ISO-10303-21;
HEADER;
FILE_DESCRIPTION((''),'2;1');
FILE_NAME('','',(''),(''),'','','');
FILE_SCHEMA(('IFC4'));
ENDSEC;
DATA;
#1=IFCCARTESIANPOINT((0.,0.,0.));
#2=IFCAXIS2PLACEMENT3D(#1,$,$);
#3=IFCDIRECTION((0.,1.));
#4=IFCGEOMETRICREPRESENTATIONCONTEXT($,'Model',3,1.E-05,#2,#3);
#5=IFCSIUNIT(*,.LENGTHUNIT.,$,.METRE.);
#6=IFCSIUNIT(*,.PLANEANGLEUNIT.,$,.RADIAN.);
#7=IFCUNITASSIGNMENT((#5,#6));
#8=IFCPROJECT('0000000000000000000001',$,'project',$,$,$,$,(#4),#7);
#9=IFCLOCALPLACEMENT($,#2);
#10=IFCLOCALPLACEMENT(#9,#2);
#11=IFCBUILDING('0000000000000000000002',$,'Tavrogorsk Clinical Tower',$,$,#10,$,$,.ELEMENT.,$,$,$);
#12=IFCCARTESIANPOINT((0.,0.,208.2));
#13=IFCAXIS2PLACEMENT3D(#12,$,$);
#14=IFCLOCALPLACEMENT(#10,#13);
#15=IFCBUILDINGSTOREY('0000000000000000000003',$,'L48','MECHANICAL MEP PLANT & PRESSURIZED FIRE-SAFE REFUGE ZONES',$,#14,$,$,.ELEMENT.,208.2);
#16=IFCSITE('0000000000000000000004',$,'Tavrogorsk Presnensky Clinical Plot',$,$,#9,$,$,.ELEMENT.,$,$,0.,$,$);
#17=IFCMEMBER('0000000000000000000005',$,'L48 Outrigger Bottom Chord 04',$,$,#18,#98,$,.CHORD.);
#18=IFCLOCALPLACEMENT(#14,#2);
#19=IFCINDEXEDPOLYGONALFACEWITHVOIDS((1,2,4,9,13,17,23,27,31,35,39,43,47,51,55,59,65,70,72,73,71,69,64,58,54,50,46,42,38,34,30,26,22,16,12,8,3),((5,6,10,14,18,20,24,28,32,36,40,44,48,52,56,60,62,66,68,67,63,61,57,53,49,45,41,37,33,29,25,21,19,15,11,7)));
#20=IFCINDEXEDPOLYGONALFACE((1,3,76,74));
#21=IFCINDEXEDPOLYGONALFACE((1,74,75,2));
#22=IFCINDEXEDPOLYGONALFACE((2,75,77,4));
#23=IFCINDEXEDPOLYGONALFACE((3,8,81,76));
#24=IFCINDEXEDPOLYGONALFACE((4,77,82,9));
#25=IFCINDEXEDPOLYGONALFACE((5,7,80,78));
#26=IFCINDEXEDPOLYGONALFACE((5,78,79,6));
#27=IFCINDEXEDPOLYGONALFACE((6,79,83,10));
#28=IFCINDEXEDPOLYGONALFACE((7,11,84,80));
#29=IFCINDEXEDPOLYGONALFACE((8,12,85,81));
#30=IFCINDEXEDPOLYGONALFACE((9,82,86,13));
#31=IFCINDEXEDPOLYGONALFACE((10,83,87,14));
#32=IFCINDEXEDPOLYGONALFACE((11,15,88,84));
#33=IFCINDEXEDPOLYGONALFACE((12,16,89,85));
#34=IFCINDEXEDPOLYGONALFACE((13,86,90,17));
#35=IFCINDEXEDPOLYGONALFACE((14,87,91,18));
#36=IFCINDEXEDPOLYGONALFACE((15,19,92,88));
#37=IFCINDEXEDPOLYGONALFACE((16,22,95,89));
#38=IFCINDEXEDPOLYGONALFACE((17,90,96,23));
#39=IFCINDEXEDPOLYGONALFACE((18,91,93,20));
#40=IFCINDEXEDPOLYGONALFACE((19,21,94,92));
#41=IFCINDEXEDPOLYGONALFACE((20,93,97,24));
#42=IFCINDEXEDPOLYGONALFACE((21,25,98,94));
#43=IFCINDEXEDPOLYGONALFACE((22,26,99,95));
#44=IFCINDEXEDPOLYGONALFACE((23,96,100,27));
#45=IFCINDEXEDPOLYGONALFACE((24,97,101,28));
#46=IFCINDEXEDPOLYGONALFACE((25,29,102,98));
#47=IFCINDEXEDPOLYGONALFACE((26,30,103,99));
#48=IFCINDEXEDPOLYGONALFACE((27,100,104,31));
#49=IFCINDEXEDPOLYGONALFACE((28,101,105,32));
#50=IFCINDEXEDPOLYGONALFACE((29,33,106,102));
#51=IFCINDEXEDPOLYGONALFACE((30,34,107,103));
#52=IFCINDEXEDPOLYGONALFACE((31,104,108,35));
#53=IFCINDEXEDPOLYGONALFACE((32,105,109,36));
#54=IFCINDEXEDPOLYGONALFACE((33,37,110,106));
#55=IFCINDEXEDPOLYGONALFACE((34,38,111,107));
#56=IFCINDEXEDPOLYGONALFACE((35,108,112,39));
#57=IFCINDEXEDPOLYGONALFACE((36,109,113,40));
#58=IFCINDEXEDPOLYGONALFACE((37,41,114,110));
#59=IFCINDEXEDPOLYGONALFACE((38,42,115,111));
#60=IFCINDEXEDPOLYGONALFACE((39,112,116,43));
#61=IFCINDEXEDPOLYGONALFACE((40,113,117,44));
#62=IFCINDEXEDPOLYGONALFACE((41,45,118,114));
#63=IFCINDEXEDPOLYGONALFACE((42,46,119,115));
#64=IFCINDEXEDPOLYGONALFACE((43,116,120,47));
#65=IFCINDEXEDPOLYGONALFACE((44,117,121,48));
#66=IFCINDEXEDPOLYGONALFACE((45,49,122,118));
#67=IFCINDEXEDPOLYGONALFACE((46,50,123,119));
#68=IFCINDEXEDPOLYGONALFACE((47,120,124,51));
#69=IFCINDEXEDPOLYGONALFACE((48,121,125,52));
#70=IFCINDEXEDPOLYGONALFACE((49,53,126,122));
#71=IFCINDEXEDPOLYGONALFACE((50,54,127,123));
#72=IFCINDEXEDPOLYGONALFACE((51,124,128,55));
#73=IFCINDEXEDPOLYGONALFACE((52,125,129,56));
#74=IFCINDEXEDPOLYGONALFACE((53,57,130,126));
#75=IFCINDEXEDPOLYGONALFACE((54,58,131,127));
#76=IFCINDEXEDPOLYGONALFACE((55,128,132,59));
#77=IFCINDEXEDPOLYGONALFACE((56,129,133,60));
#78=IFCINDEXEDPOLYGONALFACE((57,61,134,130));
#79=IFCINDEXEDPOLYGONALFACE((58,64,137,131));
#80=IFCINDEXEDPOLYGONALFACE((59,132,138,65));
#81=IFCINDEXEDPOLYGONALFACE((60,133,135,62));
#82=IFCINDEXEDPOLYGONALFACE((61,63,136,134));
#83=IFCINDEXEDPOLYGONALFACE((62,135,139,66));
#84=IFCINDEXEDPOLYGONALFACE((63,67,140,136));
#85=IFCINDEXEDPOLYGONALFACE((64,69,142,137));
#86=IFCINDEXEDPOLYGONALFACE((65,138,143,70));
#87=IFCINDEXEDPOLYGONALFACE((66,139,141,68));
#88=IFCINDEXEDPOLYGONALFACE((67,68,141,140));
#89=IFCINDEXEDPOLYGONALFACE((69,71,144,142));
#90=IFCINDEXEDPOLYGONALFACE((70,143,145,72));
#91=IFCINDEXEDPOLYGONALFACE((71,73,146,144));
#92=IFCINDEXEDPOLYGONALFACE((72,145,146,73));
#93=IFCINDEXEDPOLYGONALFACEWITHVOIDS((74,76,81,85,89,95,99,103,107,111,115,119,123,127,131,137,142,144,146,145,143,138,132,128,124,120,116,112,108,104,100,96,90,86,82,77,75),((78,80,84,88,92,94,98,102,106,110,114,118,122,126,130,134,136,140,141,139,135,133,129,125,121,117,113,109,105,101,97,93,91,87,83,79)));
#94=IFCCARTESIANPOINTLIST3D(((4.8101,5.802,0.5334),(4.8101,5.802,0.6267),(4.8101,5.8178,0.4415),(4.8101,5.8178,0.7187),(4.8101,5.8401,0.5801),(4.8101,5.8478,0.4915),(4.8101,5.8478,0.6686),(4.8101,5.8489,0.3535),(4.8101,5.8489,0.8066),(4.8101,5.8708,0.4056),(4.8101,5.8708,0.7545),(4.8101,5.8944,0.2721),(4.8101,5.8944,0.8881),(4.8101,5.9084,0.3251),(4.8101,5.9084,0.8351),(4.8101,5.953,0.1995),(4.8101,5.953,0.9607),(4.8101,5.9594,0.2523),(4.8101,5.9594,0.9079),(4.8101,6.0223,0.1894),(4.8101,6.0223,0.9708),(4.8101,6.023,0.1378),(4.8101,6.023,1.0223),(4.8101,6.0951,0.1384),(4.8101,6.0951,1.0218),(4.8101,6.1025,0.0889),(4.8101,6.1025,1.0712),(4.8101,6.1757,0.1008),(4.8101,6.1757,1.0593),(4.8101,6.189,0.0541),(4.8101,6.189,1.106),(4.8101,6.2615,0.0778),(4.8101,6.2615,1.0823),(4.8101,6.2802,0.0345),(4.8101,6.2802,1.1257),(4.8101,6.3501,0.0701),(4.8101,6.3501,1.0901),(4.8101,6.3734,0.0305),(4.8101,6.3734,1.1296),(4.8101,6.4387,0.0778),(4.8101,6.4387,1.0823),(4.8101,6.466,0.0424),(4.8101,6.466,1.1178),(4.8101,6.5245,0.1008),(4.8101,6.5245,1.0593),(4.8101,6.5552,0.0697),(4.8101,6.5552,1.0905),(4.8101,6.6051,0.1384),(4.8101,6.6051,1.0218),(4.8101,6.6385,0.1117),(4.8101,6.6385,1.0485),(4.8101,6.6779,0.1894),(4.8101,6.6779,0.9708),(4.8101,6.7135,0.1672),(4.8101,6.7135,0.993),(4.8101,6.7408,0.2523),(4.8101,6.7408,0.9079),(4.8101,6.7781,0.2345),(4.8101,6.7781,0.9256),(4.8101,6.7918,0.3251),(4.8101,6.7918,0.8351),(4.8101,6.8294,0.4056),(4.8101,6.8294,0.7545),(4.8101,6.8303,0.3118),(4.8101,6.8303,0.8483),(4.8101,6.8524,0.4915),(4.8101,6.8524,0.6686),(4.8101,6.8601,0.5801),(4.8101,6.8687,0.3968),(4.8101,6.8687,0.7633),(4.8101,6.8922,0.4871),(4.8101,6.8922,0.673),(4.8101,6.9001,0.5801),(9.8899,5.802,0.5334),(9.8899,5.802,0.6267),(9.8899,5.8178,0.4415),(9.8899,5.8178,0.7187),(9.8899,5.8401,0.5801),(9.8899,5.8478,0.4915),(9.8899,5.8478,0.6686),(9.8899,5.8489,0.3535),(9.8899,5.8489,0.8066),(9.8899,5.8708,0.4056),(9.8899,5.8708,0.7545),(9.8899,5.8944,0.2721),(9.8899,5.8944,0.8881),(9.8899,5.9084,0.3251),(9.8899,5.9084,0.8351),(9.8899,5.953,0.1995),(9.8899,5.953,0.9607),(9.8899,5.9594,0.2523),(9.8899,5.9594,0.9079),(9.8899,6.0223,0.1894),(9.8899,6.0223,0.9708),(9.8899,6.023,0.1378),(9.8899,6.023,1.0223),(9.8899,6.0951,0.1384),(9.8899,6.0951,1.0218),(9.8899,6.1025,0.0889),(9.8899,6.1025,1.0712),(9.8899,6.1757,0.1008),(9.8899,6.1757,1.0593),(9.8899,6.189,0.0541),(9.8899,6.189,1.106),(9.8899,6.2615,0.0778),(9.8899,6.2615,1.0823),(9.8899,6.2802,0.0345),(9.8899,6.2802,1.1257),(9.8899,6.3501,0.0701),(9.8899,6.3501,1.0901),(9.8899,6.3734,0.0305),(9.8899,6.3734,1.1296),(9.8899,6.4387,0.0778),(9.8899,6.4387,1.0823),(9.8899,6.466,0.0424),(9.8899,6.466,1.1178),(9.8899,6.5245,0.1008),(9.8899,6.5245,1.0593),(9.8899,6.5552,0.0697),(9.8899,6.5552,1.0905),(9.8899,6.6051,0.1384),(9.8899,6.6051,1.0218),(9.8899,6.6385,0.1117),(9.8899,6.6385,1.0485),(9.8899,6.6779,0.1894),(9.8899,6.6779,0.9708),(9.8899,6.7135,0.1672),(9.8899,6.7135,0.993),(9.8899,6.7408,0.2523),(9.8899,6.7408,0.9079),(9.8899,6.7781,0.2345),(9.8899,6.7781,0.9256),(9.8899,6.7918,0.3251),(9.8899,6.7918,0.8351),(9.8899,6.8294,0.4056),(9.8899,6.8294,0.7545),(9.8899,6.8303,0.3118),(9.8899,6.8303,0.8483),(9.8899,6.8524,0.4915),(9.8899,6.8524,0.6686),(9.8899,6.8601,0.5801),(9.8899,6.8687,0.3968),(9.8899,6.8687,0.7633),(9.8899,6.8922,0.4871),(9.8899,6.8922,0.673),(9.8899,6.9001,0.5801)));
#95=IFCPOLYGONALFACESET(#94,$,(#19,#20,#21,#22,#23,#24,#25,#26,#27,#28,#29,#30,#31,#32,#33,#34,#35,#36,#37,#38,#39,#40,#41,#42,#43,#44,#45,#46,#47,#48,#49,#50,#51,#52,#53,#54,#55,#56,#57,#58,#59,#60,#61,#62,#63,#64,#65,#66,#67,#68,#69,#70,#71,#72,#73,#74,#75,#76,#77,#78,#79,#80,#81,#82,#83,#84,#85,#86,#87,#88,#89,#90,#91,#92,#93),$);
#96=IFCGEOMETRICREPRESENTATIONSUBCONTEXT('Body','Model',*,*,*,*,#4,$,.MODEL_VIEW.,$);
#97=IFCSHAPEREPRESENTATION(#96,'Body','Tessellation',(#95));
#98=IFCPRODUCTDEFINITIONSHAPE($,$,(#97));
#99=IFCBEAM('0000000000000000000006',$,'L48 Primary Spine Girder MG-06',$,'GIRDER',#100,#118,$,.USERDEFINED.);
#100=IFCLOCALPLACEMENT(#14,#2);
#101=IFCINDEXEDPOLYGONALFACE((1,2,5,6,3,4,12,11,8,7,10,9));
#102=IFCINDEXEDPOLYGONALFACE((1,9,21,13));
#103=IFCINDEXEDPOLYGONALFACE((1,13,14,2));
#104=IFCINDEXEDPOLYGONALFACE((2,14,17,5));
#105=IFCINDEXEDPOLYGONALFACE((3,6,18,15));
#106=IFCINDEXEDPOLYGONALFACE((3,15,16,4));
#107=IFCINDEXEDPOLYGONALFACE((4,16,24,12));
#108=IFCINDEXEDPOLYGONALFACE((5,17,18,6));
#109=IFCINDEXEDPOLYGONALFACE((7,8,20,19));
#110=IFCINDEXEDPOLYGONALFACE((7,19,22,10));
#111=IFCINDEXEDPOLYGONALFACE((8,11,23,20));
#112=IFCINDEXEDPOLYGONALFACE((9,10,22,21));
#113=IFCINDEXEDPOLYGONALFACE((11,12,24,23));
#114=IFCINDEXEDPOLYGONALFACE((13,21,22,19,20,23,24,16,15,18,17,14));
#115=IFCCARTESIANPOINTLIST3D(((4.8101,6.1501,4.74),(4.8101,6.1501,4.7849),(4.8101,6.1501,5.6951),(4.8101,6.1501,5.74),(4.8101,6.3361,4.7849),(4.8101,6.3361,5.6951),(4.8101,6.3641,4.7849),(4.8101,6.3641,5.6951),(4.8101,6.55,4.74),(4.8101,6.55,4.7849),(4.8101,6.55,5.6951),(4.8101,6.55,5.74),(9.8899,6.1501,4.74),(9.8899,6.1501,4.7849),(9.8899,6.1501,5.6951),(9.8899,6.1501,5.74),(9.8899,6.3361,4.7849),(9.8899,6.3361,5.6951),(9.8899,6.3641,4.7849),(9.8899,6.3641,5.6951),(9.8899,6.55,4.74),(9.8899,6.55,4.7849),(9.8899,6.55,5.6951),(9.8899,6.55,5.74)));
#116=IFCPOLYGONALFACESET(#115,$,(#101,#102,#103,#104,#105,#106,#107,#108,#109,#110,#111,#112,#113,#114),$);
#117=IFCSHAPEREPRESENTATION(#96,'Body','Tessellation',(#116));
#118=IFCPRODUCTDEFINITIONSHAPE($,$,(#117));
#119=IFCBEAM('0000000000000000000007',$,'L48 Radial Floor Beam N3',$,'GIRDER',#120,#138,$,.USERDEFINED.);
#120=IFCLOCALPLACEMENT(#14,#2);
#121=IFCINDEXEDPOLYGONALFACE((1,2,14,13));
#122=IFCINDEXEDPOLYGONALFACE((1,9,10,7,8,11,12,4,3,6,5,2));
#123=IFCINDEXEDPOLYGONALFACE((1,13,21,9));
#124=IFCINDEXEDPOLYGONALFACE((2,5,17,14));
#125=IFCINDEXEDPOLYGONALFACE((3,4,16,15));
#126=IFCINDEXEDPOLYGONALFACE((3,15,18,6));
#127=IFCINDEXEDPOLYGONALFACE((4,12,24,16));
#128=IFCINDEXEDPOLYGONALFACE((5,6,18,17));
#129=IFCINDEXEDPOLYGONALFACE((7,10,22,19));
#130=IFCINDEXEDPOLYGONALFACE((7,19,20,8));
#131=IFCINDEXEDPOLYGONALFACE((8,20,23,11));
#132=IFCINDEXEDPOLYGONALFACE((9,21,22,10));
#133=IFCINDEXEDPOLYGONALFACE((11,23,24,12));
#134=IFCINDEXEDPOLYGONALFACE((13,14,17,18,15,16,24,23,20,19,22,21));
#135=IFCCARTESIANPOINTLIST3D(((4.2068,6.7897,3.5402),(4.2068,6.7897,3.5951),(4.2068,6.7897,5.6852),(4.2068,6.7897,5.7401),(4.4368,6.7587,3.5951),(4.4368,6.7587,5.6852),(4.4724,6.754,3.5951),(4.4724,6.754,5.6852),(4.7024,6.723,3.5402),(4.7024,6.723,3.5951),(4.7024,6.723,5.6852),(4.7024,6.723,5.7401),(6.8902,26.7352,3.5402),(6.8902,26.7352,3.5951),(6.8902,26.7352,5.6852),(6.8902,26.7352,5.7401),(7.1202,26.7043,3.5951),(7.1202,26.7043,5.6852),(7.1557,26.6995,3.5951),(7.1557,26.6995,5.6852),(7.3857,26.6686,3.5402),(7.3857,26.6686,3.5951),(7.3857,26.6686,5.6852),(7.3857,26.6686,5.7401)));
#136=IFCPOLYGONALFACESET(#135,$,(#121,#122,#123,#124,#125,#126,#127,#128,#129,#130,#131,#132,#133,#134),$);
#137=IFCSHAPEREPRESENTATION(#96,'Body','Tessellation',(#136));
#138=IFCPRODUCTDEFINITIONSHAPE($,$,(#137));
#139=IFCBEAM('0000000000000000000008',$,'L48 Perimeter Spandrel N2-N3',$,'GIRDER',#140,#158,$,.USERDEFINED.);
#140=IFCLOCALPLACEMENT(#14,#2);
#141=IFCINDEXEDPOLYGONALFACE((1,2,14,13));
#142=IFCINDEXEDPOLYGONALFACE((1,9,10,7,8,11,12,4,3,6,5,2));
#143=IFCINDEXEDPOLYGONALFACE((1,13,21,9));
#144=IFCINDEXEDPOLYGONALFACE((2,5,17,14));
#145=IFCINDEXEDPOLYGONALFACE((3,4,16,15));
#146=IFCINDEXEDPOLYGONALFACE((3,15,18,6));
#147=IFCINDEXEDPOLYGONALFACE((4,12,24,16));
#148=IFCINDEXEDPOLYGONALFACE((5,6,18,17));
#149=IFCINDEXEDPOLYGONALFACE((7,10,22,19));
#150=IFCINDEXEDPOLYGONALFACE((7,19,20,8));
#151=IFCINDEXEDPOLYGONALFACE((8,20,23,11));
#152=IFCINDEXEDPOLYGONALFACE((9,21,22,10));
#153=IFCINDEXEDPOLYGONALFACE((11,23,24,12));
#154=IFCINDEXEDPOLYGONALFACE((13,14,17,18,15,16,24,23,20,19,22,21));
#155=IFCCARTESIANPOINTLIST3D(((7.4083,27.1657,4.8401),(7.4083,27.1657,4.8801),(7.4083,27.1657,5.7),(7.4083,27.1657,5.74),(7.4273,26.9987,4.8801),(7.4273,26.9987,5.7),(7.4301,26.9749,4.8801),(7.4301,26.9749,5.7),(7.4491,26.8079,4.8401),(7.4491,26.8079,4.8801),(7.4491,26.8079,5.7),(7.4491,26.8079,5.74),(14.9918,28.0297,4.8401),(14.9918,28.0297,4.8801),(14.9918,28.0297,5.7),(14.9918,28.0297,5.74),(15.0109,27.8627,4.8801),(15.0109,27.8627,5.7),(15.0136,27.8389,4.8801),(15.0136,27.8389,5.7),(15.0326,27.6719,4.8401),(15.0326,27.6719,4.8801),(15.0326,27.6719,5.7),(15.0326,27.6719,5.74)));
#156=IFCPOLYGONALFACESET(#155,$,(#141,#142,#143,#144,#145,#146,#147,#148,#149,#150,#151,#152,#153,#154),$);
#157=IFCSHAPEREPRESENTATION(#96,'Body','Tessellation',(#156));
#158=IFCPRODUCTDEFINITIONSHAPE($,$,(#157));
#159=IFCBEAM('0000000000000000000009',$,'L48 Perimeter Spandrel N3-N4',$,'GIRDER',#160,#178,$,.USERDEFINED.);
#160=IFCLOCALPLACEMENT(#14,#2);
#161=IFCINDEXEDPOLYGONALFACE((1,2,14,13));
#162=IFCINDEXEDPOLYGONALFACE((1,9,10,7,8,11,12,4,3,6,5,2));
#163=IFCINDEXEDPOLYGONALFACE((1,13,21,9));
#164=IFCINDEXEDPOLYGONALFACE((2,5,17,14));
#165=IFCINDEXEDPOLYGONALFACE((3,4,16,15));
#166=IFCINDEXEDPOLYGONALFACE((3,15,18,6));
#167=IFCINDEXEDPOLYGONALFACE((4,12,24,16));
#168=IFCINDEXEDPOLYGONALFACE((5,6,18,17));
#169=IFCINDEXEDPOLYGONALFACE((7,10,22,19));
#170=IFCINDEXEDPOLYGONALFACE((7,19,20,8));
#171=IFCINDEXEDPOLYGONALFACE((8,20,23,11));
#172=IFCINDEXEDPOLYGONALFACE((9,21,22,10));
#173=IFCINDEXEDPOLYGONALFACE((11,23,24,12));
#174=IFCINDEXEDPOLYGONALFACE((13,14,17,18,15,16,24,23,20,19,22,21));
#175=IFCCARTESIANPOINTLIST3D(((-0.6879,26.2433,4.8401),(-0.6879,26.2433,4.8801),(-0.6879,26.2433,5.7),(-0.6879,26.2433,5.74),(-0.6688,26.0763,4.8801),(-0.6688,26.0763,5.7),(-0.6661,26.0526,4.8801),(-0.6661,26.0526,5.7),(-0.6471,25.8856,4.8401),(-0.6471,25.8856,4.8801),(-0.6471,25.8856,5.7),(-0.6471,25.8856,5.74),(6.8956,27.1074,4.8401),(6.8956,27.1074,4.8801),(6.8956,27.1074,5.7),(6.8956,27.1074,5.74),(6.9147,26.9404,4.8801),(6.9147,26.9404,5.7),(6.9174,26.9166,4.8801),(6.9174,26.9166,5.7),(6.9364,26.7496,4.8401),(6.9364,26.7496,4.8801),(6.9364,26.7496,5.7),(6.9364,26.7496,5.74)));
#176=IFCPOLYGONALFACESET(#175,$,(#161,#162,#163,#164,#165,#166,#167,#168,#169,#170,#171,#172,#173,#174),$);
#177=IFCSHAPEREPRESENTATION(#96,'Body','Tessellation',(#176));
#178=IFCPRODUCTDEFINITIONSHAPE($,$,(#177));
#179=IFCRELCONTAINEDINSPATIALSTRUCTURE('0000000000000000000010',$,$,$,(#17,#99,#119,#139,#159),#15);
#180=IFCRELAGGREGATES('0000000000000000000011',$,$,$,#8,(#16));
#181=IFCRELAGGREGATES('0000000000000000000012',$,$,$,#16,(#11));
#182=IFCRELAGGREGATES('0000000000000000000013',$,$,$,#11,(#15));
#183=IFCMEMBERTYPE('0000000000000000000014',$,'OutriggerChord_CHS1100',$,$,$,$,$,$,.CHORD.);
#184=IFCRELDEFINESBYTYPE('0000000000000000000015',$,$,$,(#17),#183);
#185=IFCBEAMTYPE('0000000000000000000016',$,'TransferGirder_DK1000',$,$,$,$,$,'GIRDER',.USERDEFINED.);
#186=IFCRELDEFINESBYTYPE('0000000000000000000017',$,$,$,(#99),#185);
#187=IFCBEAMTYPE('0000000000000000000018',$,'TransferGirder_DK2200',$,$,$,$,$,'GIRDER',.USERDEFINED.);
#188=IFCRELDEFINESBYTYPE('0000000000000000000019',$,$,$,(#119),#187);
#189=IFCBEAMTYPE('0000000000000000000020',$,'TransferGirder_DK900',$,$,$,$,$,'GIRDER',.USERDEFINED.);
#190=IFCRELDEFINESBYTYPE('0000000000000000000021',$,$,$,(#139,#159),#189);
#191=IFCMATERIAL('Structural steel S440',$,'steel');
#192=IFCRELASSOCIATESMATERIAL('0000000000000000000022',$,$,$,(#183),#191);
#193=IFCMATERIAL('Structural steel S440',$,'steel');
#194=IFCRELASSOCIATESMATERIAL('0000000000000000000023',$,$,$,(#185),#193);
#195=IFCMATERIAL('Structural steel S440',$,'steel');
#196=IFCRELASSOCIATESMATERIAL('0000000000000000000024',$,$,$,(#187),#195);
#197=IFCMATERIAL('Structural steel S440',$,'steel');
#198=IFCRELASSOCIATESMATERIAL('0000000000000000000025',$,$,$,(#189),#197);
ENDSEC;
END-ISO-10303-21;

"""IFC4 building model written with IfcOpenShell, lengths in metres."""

from ifc_helpers import new_model, si_unit, direction, frame, origin, origin_2d, place, context, subcontext, project, spatial, hollow_circle, i_section, extrude, material, material_profile, profile_set, type_object, element, save


model = new_model("IFC4")

# Units and contexts
model_context = context("Model", 3, precision=1e-05, world=origin(), true_north=direction((0.0, 1.0)))
body_context = subcontext(model_context, "Body", "Model", "MODEL_VIEW")
ifc_project = project(units=[si_unit("LENGTHUNIT", "METRE"), si_unit("PLANEANGLEUNIT", "RADIAN")], contexts=[model_context])

# Site, building, storey
site_placement = place(None, origin())
site = spatial("IfcSite", under=ifc_project, at=site_placement, Name="Tavrogorsk Presnensky Clinical Plot", CompositionType="ELEMENT", RefElevation=0.0)
building_placement = place(site_placement, origin())
building = spatial("IfcBuilding", under=site, at=building_placement, Name="Tavrogorsk Clinical Tower", CompositionType="ELEMENT")
storey_placement = place(building_placement, frame((0.0, 0.0, 208.2)))
storey = spatial("IfcBuildingStorey", under=building, at=storey_placement, Name="L48", Description="MECHANICAL MEP PLANT & PRESSURIZED FIRE-SAFE REFUGE ZONES", CompositionType="ELEMENT", Elevation=208.2)

# Member
ifc_material_1 = material(Name="Structural steel S440", Category="steel")
ifc_material_profile_1 = material_profile(ifc_material_1, hollow_circle(Radius=0.55, WallThickness=0.04, at=origin_2d()), Name="CHS-1100x40")
ifc_profile_set_1 = profile_set([ifc_material_profile_1], Name="Structural steel S440")
member_type_1 = type_object("IfcMemberType", Name="OutriggerChord_CHS1100", PredefinedType="CHORD", material=ifc_profile_set_1)
member_placement = place(storey_placement, frame((4.8101, 6.3501, 0.5801), z_axis=(1.0, 0.0, 0.0), x_axis=(0.0, 1.0, 0.0)))
element("IfcMember", 1, at=member_placement, inside=storey, type_object=member_type_1, Name="L48 Outrigger Bottom Chord 04", PredefinedType="CHORD", context=body_context, shape_type="SweptSolid", body=[
    extrude(hollow_circle(Radius=0.55, WallThickness=0.04, at=origin_2d()), origin(), (0.0, 0.0, 1.0), 5.0798),
])

# Beams
ifc_material_2 = material(Name="Structural steel S440", Category="steel")
ifc_material_profile_2 = material_profile(ifc_material_2, i_section(OverallWidth=0.3999, OverallDepth=1.0, WebThickness=0.0281, FlangeThickness=0.0449, at=origin_2d()), Name="DK-1000x400x28x45")
ifc_profile_set_2 = profile_set([ifc_material_profile_2], Name="Structural steel S440")
beam_type_1 = type_object("IfcBeamType", Name="TransferGirder_DK1000", ElementType="GIRDER", PredefinedType="USERDEFINED", material=ifc_profile_set_2)
beam_1_placement = place(storey_placement, frame((4.8101, 6.3501, 5.24), z_axis=(1.0, 0.0, 0.0), x_axis=(0.0, 1.0, 0.0)))
element("IfcBeam", 2, at=beam_1_placement, inside=storey, type_object=beam_type_1, Name="L48 Primary Spine Girder MG-06", ObjectType="GIRDER", PredefinedType="USERDEFINED", context=body_context, shape_type="SweptSolid", body=[
    extrude(i_section(OverallWidth=0.3999, OverallDepth=1.0, WebThickness=0.0281, FlangeThickness=0.0449, at=origin_2d()), origin(), (0.0, 0.0, 1.0), 5.0798),
])
ifc_material_3 = material(Name="Structural steel S440", Category="steel")
ifc_material_profile_3 = material_profile(ifc_material_3, i_section(OverallWidth=0.5, OverallDepth=2.2, WebThickness=0.0359, FlangeThickness=0.0549, at=origin_2d()), Name="DK-2200x500x36x55")
ifc_profile_set_3 = profile_set([ifc_material_profile_3], Name="Structural steel S440")
beam_type_2 = type_object("IfcBeamType", Name="TransferGirder_DK2200", ElementType="GIRDER", PredefinedType="USERDEFINED", material=ifc_profile_set_3)
beam_2_placement = place(storey_placement, frame((4.4546, 6.7563, 4.6401), z_axis=(0.133333, 0.991071, 0.0), x_axis=(-0.991071, 0.133333, 0.0)))
element("IfcBeam", 3, at=beam_2_placement, inside=storey, type_object=beam_type_2, Name="L48 Radial Floor Beam N3", ObjectType="GIRDER", PredefinedType="USERDEFINED", context=body_context, shape_type="SweptSolid", body=[
    extrude(i_section(OverallWidth=0.5, OverallDepth=2.2, WebThickness=0.0359, FlangeThickness=0.0549, at=origin_2d()), origin(), (0.0, 0.0, 1.0), 20.1252),
])
ifc_material_4 = material(Name="Structural steel S440", Category="steel")
ifc_material_profile_4 = material_profile(ifc_material_4, i_section(OverallWidth=0.3601, OverallDepth=0.8999, WebThickness=0.0239, FlangeThickness=0.04, at=origin_2d()), Name="DK-900x360x24x40")
ifc_profile_set_4 = profile_set([ifc_material_profile_4], Name="Structural steel S440")
beam_type_3 = type_object("IfcBeamType", Name="TransferGirder_DK900", ElementType="GIRDER", PredefinedType="USERDEFINED", material=ifc_profile_set_4)
for number, where, z_axis, x_axis, name in (
    (4, (15.0122, 27.8508, 5.29), (-0.993572, -0.113201, 0.0), (0.113201, -0.993572, 0.0), "L48 Perimeter Spandrel N2-N3"),
    (5, (6.916, 26.9285, 5.29), (-0.993572, -0.113201, 0.0), (0.113201, -0.993572, 0.0), "L48 Perimeter Spandrel N3-N4"),
):
    element("IfcBeam", number, at=place(storey_placement, frame(where, z_axis=z_axis, x_axis=x_axis)), inside=storey, type_object=beam_type_3, Name=name, ObjectType="GIRDER", PredefinedType="USERDEFINED", context=body_context, shape_type="SweptSolid", body=[
        extrude(i_section(OverallWidth=0.3601, OverallDepth=0.8999, WebThickness=0.0239, FlangeThickness=0.04, at=origin_2d()), origin(), (0.0, 0.0, 1.0), 7.6326),
    ])

save(model, "model.ifc")
